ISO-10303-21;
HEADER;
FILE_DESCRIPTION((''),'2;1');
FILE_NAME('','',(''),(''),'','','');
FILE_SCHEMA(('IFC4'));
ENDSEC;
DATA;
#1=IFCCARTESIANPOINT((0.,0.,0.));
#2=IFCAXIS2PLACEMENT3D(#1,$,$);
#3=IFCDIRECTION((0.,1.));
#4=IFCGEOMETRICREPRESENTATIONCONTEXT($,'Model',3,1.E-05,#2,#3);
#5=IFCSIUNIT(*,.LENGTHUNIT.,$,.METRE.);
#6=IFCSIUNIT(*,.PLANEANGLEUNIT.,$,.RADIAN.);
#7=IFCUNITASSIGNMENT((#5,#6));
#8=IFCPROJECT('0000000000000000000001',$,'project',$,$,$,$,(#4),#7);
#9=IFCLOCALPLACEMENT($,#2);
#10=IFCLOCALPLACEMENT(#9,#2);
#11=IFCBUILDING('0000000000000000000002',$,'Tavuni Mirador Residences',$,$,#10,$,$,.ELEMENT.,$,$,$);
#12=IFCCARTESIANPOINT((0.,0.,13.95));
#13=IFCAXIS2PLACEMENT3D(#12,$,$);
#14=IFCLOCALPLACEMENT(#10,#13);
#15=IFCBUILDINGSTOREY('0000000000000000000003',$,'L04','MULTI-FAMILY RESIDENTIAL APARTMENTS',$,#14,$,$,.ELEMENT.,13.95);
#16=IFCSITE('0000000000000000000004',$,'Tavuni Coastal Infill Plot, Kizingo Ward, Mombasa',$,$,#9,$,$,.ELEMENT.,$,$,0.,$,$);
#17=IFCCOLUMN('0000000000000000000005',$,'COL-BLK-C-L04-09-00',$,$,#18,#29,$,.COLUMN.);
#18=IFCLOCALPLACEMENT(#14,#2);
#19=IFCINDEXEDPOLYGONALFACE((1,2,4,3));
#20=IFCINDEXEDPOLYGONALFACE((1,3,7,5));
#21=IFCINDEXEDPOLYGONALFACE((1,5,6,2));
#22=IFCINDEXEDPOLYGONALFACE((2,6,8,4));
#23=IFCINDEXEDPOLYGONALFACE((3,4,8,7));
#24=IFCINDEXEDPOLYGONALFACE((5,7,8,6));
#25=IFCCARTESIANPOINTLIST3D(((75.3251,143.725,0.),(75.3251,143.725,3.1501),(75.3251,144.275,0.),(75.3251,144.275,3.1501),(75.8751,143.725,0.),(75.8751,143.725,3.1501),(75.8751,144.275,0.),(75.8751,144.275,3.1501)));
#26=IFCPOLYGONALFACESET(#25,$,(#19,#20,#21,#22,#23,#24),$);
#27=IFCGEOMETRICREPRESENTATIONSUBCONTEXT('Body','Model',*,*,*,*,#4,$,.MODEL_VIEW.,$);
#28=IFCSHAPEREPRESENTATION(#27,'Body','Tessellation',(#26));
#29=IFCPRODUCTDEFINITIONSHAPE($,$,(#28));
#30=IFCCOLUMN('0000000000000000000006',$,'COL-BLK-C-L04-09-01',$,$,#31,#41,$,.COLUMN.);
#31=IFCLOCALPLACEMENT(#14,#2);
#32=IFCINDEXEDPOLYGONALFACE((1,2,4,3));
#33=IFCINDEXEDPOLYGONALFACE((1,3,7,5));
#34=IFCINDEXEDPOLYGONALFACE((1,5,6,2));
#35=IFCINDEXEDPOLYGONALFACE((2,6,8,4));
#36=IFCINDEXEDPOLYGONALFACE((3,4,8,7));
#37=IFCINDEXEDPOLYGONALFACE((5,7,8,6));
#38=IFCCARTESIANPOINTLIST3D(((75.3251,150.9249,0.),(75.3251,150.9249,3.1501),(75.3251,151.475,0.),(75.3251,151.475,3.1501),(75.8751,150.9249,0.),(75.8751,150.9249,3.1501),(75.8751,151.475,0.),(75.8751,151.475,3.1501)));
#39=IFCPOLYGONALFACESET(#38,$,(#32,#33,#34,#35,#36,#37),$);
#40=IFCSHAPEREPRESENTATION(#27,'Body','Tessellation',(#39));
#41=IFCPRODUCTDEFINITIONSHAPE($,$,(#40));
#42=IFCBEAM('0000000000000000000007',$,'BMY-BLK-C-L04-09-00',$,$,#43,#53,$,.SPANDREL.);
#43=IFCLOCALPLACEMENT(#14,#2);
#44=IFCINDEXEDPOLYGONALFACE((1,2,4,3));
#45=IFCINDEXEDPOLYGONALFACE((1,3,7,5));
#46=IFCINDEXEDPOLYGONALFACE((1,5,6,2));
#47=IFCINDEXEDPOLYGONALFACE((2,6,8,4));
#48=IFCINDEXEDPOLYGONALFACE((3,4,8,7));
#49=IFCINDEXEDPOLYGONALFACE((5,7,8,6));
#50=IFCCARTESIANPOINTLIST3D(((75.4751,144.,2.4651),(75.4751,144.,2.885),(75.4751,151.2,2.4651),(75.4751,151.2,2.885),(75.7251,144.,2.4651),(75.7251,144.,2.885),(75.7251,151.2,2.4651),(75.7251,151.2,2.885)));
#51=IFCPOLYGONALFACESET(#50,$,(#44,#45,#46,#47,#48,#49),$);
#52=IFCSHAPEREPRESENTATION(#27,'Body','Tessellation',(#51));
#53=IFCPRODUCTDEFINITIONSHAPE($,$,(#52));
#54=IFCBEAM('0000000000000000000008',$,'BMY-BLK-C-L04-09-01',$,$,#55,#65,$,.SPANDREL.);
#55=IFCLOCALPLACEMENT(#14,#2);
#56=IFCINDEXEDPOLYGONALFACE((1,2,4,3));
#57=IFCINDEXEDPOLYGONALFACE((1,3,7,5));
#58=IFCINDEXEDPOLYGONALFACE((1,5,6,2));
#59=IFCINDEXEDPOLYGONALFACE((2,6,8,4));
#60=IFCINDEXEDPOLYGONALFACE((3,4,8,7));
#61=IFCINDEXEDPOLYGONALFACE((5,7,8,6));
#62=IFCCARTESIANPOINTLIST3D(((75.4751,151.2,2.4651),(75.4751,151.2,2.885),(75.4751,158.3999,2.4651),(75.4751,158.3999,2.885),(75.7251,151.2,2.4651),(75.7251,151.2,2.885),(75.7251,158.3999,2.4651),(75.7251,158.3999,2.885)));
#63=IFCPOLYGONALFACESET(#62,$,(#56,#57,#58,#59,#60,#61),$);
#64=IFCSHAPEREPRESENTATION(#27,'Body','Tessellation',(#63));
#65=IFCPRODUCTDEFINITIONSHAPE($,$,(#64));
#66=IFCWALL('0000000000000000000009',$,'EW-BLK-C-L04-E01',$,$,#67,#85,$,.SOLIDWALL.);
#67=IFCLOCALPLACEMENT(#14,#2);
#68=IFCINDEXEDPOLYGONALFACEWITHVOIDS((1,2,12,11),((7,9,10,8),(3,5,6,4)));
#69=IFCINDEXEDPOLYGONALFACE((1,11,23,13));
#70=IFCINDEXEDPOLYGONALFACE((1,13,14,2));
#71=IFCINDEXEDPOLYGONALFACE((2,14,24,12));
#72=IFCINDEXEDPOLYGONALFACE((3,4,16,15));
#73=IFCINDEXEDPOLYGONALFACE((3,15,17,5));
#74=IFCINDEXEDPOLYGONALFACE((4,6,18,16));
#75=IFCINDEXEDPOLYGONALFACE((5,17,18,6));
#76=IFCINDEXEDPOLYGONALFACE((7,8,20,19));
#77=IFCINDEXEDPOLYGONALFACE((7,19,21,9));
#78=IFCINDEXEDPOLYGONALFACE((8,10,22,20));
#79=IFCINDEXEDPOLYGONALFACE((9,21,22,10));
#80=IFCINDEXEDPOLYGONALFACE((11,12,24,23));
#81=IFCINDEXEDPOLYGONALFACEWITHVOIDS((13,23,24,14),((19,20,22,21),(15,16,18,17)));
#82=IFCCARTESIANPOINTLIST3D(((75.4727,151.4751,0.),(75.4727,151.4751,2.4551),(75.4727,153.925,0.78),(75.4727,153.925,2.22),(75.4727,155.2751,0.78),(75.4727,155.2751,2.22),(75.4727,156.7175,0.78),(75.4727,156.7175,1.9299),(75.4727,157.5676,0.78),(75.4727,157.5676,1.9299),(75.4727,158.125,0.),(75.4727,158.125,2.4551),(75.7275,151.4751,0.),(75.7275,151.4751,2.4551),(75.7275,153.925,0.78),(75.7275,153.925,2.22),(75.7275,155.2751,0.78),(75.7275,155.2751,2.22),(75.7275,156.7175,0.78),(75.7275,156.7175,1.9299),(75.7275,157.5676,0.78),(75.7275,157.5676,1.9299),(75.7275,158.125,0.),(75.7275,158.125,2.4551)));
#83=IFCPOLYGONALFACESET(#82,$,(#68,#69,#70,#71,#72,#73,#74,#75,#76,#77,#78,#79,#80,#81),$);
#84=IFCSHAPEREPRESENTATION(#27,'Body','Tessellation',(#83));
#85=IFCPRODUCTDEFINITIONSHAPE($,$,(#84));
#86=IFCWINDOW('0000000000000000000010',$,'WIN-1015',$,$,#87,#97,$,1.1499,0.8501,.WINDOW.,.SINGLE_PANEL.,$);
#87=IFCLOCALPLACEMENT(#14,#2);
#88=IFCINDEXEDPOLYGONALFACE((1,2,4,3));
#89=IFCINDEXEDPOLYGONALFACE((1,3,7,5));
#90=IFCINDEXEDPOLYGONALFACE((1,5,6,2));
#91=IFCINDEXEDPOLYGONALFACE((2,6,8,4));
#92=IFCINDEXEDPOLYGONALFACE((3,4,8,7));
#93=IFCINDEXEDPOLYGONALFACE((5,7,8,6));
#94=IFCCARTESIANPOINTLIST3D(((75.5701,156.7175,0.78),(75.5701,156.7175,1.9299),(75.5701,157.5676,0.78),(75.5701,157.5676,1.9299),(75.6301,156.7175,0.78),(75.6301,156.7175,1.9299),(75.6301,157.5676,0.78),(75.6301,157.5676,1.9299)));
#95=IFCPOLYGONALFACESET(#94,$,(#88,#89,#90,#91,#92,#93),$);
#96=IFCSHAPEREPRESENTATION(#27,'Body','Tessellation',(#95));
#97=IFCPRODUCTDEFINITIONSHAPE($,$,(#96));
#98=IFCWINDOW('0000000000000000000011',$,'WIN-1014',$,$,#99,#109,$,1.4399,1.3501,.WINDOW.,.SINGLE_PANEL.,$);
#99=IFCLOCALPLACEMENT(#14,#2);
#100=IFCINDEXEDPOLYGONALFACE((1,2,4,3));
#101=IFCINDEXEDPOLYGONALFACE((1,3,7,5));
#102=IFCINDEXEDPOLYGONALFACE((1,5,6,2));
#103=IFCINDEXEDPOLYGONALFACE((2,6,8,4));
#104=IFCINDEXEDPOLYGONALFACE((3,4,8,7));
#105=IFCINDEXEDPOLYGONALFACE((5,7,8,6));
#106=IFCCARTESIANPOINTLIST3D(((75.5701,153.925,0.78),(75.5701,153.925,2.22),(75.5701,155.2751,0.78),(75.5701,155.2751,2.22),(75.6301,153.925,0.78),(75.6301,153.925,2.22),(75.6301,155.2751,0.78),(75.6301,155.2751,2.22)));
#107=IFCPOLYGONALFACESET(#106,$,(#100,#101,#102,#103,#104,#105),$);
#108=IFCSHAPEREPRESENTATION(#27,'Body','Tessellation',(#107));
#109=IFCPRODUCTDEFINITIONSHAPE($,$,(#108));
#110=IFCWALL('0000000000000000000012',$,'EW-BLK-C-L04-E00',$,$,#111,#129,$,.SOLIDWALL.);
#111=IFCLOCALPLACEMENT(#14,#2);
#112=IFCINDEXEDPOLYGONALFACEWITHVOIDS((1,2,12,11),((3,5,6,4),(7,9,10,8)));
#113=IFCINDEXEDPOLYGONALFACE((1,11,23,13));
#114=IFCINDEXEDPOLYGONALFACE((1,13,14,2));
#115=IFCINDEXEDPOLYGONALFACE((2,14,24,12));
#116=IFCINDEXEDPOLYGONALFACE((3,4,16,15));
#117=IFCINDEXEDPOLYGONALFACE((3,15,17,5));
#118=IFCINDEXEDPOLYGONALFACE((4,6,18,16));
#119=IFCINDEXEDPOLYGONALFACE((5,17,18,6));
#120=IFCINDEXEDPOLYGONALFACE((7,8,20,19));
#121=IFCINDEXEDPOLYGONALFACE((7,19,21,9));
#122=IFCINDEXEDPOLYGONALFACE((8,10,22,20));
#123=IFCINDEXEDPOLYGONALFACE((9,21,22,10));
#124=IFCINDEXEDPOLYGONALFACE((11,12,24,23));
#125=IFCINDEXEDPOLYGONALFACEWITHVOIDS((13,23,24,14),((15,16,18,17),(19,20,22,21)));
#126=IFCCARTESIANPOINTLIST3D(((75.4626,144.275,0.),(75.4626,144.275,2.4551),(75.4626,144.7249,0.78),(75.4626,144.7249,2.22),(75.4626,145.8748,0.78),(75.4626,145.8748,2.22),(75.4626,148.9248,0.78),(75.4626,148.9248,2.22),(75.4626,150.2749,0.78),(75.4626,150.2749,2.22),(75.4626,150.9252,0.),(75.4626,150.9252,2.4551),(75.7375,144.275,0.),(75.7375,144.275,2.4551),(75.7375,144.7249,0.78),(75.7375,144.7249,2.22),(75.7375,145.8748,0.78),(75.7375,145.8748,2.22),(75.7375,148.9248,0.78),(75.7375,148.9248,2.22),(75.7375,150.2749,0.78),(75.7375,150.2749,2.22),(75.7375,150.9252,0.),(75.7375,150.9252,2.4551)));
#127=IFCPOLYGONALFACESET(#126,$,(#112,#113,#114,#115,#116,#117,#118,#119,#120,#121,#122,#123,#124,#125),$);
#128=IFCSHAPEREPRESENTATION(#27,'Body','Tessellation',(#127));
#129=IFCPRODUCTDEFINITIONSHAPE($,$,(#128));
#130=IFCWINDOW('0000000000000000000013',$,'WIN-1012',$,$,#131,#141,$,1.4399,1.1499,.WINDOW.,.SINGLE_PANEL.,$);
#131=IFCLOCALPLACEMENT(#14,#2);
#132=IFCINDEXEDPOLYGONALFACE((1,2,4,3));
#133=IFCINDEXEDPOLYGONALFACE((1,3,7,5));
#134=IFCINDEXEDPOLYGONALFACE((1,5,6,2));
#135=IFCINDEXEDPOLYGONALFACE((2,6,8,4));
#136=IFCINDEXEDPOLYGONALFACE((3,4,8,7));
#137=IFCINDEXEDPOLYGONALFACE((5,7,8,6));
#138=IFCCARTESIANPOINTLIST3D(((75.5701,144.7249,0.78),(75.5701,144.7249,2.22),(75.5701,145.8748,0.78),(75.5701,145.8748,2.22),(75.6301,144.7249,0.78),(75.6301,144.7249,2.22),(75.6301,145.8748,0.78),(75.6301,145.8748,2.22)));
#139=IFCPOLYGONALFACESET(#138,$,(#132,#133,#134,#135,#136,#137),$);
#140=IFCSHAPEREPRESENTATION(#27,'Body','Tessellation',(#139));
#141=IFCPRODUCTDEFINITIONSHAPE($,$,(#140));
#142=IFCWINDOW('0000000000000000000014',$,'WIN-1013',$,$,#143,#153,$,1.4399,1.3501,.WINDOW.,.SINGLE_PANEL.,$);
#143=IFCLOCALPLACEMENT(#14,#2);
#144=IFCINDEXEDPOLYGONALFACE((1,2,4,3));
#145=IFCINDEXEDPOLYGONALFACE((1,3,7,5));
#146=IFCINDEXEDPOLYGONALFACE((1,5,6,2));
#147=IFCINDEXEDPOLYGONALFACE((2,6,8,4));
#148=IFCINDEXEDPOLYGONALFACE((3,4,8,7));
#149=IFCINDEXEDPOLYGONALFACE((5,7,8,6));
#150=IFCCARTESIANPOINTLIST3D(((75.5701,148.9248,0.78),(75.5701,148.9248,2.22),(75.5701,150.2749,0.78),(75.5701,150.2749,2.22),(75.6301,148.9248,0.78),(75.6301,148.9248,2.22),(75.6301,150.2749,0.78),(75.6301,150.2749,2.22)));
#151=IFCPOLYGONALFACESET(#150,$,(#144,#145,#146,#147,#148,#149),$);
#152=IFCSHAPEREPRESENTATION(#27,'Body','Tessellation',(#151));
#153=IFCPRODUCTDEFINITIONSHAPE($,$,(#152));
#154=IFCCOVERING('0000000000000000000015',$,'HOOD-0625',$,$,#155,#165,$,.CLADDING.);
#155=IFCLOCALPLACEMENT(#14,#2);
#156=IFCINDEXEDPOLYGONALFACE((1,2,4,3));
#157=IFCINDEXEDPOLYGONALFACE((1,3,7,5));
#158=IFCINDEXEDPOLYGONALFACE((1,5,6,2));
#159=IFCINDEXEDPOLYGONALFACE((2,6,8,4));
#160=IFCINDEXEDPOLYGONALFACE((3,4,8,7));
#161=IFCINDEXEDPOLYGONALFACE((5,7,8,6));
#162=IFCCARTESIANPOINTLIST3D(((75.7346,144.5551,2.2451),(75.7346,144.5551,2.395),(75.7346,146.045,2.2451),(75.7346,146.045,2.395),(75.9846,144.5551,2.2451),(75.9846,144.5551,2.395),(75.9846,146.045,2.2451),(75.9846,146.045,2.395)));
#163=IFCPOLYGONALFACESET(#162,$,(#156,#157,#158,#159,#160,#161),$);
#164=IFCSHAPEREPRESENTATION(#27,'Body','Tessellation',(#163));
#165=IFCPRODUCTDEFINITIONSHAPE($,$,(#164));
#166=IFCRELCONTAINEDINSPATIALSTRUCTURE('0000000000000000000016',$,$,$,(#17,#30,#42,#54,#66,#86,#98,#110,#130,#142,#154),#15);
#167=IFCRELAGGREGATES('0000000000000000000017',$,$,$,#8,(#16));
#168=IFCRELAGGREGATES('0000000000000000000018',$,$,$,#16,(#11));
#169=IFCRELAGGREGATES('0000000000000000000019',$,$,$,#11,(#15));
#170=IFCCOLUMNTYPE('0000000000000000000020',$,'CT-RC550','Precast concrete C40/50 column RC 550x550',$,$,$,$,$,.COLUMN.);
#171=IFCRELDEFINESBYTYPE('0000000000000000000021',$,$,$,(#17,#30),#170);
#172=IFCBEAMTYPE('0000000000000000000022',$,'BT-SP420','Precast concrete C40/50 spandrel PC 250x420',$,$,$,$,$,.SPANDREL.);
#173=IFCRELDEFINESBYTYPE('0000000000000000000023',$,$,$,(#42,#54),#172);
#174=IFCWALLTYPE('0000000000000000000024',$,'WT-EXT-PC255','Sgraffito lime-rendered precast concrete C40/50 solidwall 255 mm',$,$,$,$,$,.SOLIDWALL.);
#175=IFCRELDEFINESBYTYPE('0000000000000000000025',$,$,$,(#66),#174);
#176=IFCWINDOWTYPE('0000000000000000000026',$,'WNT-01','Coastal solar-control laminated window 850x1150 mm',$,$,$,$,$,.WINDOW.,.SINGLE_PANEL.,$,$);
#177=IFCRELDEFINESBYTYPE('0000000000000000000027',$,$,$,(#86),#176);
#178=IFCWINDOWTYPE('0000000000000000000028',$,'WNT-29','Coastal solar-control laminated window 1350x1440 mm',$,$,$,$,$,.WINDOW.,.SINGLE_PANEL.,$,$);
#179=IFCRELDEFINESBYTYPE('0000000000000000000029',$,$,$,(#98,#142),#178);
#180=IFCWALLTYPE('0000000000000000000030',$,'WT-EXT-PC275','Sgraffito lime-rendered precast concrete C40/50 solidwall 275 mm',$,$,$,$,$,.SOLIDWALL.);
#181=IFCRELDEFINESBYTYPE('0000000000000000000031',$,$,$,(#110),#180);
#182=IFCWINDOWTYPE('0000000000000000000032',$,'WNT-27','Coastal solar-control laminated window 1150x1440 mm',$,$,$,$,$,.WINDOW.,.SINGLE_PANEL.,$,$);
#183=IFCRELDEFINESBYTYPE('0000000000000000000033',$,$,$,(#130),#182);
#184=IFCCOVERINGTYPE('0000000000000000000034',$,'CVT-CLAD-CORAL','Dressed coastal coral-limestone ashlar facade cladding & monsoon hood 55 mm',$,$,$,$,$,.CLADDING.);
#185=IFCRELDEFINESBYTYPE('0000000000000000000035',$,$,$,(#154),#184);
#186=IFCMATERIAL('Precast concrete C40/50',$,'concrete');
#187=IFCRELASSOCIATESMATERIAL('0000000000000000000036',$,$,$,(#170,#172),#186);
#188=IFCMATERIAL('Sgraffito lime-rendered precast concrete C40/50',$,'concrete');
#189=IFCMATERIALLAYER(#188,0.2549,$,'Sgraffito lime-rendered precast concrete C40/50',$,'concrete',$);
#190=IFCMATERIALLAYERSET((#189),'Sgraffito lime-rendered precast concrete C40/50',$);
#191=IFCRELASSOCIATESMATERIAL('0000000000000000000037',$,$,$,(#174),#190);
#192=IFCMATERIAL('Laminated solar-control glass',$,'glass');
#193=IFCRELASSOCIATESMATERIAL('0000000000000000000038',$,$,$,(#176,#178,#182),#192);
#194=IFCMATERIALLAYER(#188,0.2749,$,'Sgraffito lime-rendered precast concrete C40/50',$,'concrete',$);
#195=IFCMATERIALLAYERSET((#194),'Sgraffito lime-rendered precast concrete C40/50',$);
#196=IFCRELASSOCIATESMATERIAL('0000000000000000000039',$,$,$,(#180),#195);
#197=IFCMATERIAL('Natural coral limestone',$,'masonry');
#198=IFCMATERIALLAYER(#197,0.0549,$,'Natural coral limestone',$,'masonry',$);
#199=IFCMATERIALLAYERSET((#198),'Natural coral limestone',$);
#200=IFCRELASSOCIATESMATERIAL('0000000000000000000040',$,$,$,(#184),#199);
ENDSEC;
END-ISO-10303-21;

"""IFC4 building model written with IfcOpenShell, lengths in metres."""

from ifc_helpers import new_model, si_unit, direction, frame, frame_2d, origin, origin_2d, place, context, subcontext, project, spatial, rectangle, extrude, material, layer, layer_set, material_profile, profile_set, type_object, element, fill, save


model = new_model("IFC4")

# Units and contexts
model_context = context("Model", 3, precision=1e-05, world=origin(), true_north=direction((0.0, 1.0)))
body_context = subcontext(model_context, "Body", "Model", "MODEL_VIEW")
ifc_project = project(units=[si_unit("LENGTHUNIT", "METRE"), si_unit("PLANEANGLEUNIT", "RADIAN")], contexts=[model_context])

# Site, building, storey
site_placement = place(None, origin())
site = spatial("IfcSite", under=ifc_project, at=site_placement, Name="Tavuni Coastal Infill Plot, Kizingo Ward, Mombasa", CompositionType="ELEMENT", RefElevation=0.0)
building_placement = place(site_placement, origin())
building = spatial("IfcBuilding", under=site, at=building_placement, Name="Tavuni Mirador Residences", CompositionType="ELEMENT")
storey_placement = place(building_placement, frame((0.0, 0.0, 13.95)))
storey = spatial("IfcBuildingStorey", under=building, at=storey_placement, Name="L04", Description="MULTI-FAMILY RESIDENTIAL APARTMENTS", CompositionType="ELEMENT", Elevation=13.95)

# Columns
ifc_material_1 = material(Name="Precast concrete C40/50", Category="concrete")
ifc_material_profile_1 = material_profile(ifc_material_1, rectangle(XDim=0.55, YDim=0.55, at=origin_2d()), Name="RC 550x550", Category="concrete")
ifc_profile_set_1 = profile_set([ifc_material_profile_1], Name="Precast concrete C40/50")
column_type = type_object("IfcColumnType", Name="CT-RC550", Description="Precast concrete C40/50 column RC 550x550", PredefinedType="COLUMN", material=ifc_profile_set_1)
for number, where, z_axis, x_axis, name in (
    (1, (75.6001, 144.0, 0.0), (0.0, 0.0, 1.0), (1.0, 0.0, 0.0), "COL-BLK-C-L04-09-00"),
    (2, (75.6001, 151.2, 0.0), (0.0, 0.0, 1.0), (1.0, 0.0, 0.0), "COL-BLK-C-L04-09-01"),
):
    element("IfcColumn", number, at=place(storey_placement, frame(where, z_axis=z_axis, x_axis=x_axis)), inside=storey, type_object=column_type, Name=name, PredefinedType="COLUMN", context=body_context, shape_type="SweptSolid", body=[
        extrude(rectangle(XDim=0.55, YDim=0.55, at=origin_2d()), origin(), (0.0, 0.0, 1.0), 3.1501),
    ])

# Beams
ifc_material_profile_2 = material_profile(ifc_material_1, rectangle(XDim=0.25, YDim=0.4199, at=origin_2d()), Name="PC 250x420", Category="concrete")
ifc_profile_set_2 = profile_set([ifc_material_profile_2], Name="Precast concrete C40/50")
beam_type = type_object("IfcBeamType", Name="BT-SP420", Description="Precast concrete C40/50 spandrel PC 250x420", PredefinedType="SPANDREL", material=ifc_profile_set_2)
for number, where, z_axis, x_axis, name in (
    (3, (75.6001, 144.0, 2.675), (0.0, 1.0, 0.0), (-1.0, 0.0, 0.0), "BMY-BLK-C-L04-09-00"),
    (4, (75.6001, 151.2, 2.675), (0.0, 1.0, 0.0), (-1.0, 0.0, 0.0), "BMY-BLK-C-L04-09-01"),
):
    element("IfcBeam", number, at=place(storey_placement, frame(where, z_axis=z_axis, x_axis=x_axis)), inside=storey, type_object=beam_type, Name=name, PredefinedType="SPANDREL", context=body_context, shape_type="SweptSolid", body=[
        extrude(rectangle(XDim=0.25, YDim=0.4199, at=origin_2d()), origin(), (0.0, 0.0, 1.0), 7.2),
    ])

# Walls, openings, windows
ifc_material_2 = material(Name="Sgraffito lime-rendered precast concrete C40/50", Category="concrete")
ifc_layer_1 = layer(ifc_material_2, 0.2549, Name="Sgraffito lime-rendered precast concrete C40/50", Category="concrete")
ifc_layer_set_1 = layer_set([ifc_layer_1], Name="Sgraffito lime-rendered precast concrete C40/50")
wall_type_1 = type_object("IfcWallType", Name="WT-EXT-PC255", Description="Sgraffito lime-rendered precast concrete C40/50 solidwall 255 mm", PredefinedType="SOLIDWALL", material=ifc_layer_set_1)
wall_1_placement = place(storey_placement, frame((75.6001, 151.4751, 0.0), z_axis=(0.0, 0.0, 1.0), x_axis=(0.0, 1.0, 0.0)))
wall_1 = element("IfcWall", 5, at=wall_1_placement, inside=storey, type_object=wall_type_1, Name="EW-BLK-C-L04-E01", PredefinedType="SOLIDWALL", context=body_context, shape_type="SweptSolid", body=[
    extrude(rectangle(XDim=6.6499, YDim=0.2549, at=frame_2d((3.325, 0.0))), origin(), (0.0, 0.0, 1.0), 2.4551),
])
opening_1_placement = place(wall_1_placement, frame((2.45, 0.0, 0.78)))
opening_1 = element("IfcOpeningElement", 6, at=opening_1_placement, cuts=wall_1, PredefinedType="OPENING", context=body_context, shape_type="SweptSolid", body=[
    extrude(rectangle(XDim=1.3501, YDim=1.4399, at=frame_2d((0.675, 0.72))), frame((0.0, 0.1375, 0.0), z_axis=(0.0, -1.0, 0.0), x_axis=(1.0, 0.0, 0.0)), (0.0, 0.0, 1.0), 0.2749),
])
opening_2_placement = place(wall_1_placement, frame((5.2424, 0.0, 0.78)))
opening_2 = element("IfcOpeningElement", 7, at=opening_2_placement, cuts=wall_1, PredefinedType="OPENING", context=body_context, shape_type="SweptSolid", body=[
    extrude(rectangle(XDim=0.8501, YDim=1.1499, at=frame_2d((0.425, 0.575))), frame((0.0, 0.1375, 0.0), z_axis=(0.0, -1.0, 0.0), x_axis=(1.0, 0.0, 0.0)), (0.0, 0.0, 1.0), 0.2749),
])
ifc_material_3 = material(Name="Laminated solar-control glass", Category="glass")
window_type_1 = type_object("IfcWindowType", Name="WNT-01", Description="Coastal solar-control laminated window 850x1150 mm", PartitioningType="SINGLE_PANEL", PredefinedType="WINDOW", material=ifc_material_3)
window_1_placement = place(opening_2_placement, origin())
window_1 = element("IfcWindow", 8, at=window_1_placement, inside=storey, type_object=window_type_1, Name="WIN-1015", OverallHeight=1.1499, OverallWidth=0.8501, PartitioningType="SINGLE_PANEL", PredefinedType="WINDOW", context=body_context, shape_type="SweptSolid", body=[
    extrude(rectangle(XDim=0.8501, YDim=1.1499, at=frame_2d((0.425, 0.575))), frame((0.0, 0.03, 0.0), z_axis=(0.0, -1.0, 0.0), x_axis=(1.0, 0.0, 0.0)), (0.0, 0.0, 1.0), 0.0601),
])
fill(opening_2, window_1)
window_type_2 = type_object("IfcWindowType", Name="WNT-29", Description="Coastal solar-control laminated window 1350x1440 mm", PartitioningType="SINGLE_PANEL", PredefinedType="WINDOW", material=ifc_material_3)
window_2_placement = place(opening_1_placement, origin())
window_2 = element("IfcWindow", 9, at=window_2_placement, inside=storey, type_object=window_type_2, Name="WIN-1014", OverallHeight=1.4399, OverallWidth=1.3501, PartitioningType="SINGLE_PANEL", PredefinedType="WINDOW", context=body_context, shape_type="SweptSolid", body=[
    extrude(rectangle(XDim=1.3501, YDim=1.4399, at=frame_2d((0.675, 0.72))), frame((0.0, 0.03, 0.0), z_axis=(0.0, -1.0, 0.0), x_axis=(1.0, 0.0, 0.0)), (0.0, 0.0, 1.0), 0.0601),
])
fill(opening_1, window_2)
ifc_layer_2 = layer(ifc_material_2, 0.2749, Name="Sgraffito lime-rendered precast concrete C40/50", Category="concrete")
ifc_layer_set_2 = layer_set([ifc_layer_2], Name="Sgraffito lime-rendered precast concrete C40/50")
wall_type_2 = type_object("IfcWallType", Name="WT-EXT-PC275", Description="Sgraffito lime-rendered precast concrete C40/50 solidwall 275 mm", PredefinedType="SOLIDWALL", material=ifc_layer_set_2)
wall_2_placement = place(storey_placement, frame((75.6001, 144.2749, 0.0), z_axis=(0.0, 0.0, 1.0), x_axis=(0.0, 1.0, 0.0)))
wall_2 = element("IfcWall", 10, at=wall_2_placement, inside=storey, type_object=wall_type_2, Name="EW-BLK-C-L04-E00", PredefinedType="SOLIDWALL", context=body_context, shape_type="SweptSolid", body=[
    extrude(rectangle(XDim=6.6501, YDim=0.2749, at=frame_2d((3.3252, 0.0))), origin(), (0.0, 0.0, 1.0), 2.4551),
])
opening_3_placement = place(wall_2_placement, frame((0.45, 0.0, 0.78)))
opening_3 = element("IfcOpeningElement", 11, at=opening_3_placement, cuts=wall_2, PredefinedType="OPENING", context=body_context, shape_type="SweptSolid", body=[
    extrude(rectangle(XDim=1.1499, YDim=1.4399, at=frame_2d((0.575, 0.72))), frame((0.0, 0.1475, 0.0), z_axis=(0.0, -1.0, 0.0), x_axis=(1.0, 0.0, 0.0)), (0.0, 0.0, 1.0), 0.2949),
])
opening_4_placement = place(wall_2_placement, frame((4.6499, 0.0, 0.78)))
opening_4 = element("IfcOpeningElement", 12, at=opening_4_placement, cuts=wall_2, PredefinedType="OPENING", context=body_context, shape_type="SweptSolid", body=[
    extrude(rectangle(XDim=1.3501, YDim=1.4399, at=frame_2d((0.675, 0.72))), frame((0.0, 0.1475, 0.0), z_axis=(0.0, -1.0, 0.0), x_axis=(1.0, 0.0, 0.0)), (0.0, 0.0, 1.0), 0.2949),
])
window_type_3 = type_object("IfcWindowType", Name="WNT-27", Description="Coastal solar-control laminated window 1150x1440 mm", PartitioningType="SINGLE_PANEL", PredefinedType="WINDOW", material=ifc_material_3)
window_3_placement = place(opening_3_placement, origin())
window_3 = element("IfcWindow", 13, at=window_3_placement, inside=storey, type_object=window_type_3, Name="WIN-1012", OverallHeight=1.4399, OverallWidth=1.1499, PartitioningType="SINGLE_PANEL", PredefinedType="WINDOW", context=body_context, shape_type="SweptSolid", body=[
    extrude(rectangle(XDim=1.1499, YDim=1.4399, at=frame_2d((0.575, 0.72))), frame((0.0, 0.03, 0.0), z_axis=(0.0, -1.0, 0.0), x_axis=(1.0, 0.0, 0.0)), (0.0, 0.0, 1.0), 0.0601),
])
fill(opening_3, window_3)
window_4_placement = place(opening_4_placement, origin())
window_4 = element("IfcWindow", 14, at=window_4_placement, inside=storey, type_object=window_type_2, Name="WIN-1013", OverallHeight=1.4399, OverallWidth=1.3501, PartitioningType="SINGLE_PANEL", PredefinedType="WINDOW", context=body_context, shape_type="SweptSolid", body=[
    extrude(rectangle(XDim=1.3501, YDim=1.4399, at=frame_2d((0.675, 0.72))), frame((0.0, 0.03, 0.0), z_axis=(0.0, -1.0, 0.0), x_axis=(1.0, 0.0, 0.0)), (0.0, 0.0, 1.0), 0.0601),
])
fill(opening_4, window_4)

# Covering
ifc_material_4 = material(Name="Natural coral limestone", Category="masonry")
ifc_layer_3 = layer(ifc_material_4, 0.0549, Name="Natural coral limestone", Category="masonry")
ifc_layer_set_3 = layer_set([ifc_layer_3], Name="Natural coral limestone")
covering_type = type_object("IfcCoveringType", Name="CVT-CLAD-CORAL", Description="Dressed coastal coral-limestone ashlar facade cladding & monsoon hood 55 mm", PredefinedType="CLADDING", material=ifc_layer_set_3)
covering_1_placement = place(storey_placement, frame((75.8596, 145.3, 2.2451), z_axis=(0.0, 0.0, 1.0), x_axis=(0.0, 1.0, 0.0)))
element("IfcCovering", 15, at=covering_1_placement, inside=storey, type_object=covering_type, Name="HOOD-0625", PredefinedType="CLADDING", context=body_context, shape_type="SweptSolid", body=[
    extrude(rectangle(XDim=1.49, YDim=0.25, at=origin_2d()), origin(), (0.0, 0.0, 1.0), 0.1499),
])

save(model, "model.ifc")
